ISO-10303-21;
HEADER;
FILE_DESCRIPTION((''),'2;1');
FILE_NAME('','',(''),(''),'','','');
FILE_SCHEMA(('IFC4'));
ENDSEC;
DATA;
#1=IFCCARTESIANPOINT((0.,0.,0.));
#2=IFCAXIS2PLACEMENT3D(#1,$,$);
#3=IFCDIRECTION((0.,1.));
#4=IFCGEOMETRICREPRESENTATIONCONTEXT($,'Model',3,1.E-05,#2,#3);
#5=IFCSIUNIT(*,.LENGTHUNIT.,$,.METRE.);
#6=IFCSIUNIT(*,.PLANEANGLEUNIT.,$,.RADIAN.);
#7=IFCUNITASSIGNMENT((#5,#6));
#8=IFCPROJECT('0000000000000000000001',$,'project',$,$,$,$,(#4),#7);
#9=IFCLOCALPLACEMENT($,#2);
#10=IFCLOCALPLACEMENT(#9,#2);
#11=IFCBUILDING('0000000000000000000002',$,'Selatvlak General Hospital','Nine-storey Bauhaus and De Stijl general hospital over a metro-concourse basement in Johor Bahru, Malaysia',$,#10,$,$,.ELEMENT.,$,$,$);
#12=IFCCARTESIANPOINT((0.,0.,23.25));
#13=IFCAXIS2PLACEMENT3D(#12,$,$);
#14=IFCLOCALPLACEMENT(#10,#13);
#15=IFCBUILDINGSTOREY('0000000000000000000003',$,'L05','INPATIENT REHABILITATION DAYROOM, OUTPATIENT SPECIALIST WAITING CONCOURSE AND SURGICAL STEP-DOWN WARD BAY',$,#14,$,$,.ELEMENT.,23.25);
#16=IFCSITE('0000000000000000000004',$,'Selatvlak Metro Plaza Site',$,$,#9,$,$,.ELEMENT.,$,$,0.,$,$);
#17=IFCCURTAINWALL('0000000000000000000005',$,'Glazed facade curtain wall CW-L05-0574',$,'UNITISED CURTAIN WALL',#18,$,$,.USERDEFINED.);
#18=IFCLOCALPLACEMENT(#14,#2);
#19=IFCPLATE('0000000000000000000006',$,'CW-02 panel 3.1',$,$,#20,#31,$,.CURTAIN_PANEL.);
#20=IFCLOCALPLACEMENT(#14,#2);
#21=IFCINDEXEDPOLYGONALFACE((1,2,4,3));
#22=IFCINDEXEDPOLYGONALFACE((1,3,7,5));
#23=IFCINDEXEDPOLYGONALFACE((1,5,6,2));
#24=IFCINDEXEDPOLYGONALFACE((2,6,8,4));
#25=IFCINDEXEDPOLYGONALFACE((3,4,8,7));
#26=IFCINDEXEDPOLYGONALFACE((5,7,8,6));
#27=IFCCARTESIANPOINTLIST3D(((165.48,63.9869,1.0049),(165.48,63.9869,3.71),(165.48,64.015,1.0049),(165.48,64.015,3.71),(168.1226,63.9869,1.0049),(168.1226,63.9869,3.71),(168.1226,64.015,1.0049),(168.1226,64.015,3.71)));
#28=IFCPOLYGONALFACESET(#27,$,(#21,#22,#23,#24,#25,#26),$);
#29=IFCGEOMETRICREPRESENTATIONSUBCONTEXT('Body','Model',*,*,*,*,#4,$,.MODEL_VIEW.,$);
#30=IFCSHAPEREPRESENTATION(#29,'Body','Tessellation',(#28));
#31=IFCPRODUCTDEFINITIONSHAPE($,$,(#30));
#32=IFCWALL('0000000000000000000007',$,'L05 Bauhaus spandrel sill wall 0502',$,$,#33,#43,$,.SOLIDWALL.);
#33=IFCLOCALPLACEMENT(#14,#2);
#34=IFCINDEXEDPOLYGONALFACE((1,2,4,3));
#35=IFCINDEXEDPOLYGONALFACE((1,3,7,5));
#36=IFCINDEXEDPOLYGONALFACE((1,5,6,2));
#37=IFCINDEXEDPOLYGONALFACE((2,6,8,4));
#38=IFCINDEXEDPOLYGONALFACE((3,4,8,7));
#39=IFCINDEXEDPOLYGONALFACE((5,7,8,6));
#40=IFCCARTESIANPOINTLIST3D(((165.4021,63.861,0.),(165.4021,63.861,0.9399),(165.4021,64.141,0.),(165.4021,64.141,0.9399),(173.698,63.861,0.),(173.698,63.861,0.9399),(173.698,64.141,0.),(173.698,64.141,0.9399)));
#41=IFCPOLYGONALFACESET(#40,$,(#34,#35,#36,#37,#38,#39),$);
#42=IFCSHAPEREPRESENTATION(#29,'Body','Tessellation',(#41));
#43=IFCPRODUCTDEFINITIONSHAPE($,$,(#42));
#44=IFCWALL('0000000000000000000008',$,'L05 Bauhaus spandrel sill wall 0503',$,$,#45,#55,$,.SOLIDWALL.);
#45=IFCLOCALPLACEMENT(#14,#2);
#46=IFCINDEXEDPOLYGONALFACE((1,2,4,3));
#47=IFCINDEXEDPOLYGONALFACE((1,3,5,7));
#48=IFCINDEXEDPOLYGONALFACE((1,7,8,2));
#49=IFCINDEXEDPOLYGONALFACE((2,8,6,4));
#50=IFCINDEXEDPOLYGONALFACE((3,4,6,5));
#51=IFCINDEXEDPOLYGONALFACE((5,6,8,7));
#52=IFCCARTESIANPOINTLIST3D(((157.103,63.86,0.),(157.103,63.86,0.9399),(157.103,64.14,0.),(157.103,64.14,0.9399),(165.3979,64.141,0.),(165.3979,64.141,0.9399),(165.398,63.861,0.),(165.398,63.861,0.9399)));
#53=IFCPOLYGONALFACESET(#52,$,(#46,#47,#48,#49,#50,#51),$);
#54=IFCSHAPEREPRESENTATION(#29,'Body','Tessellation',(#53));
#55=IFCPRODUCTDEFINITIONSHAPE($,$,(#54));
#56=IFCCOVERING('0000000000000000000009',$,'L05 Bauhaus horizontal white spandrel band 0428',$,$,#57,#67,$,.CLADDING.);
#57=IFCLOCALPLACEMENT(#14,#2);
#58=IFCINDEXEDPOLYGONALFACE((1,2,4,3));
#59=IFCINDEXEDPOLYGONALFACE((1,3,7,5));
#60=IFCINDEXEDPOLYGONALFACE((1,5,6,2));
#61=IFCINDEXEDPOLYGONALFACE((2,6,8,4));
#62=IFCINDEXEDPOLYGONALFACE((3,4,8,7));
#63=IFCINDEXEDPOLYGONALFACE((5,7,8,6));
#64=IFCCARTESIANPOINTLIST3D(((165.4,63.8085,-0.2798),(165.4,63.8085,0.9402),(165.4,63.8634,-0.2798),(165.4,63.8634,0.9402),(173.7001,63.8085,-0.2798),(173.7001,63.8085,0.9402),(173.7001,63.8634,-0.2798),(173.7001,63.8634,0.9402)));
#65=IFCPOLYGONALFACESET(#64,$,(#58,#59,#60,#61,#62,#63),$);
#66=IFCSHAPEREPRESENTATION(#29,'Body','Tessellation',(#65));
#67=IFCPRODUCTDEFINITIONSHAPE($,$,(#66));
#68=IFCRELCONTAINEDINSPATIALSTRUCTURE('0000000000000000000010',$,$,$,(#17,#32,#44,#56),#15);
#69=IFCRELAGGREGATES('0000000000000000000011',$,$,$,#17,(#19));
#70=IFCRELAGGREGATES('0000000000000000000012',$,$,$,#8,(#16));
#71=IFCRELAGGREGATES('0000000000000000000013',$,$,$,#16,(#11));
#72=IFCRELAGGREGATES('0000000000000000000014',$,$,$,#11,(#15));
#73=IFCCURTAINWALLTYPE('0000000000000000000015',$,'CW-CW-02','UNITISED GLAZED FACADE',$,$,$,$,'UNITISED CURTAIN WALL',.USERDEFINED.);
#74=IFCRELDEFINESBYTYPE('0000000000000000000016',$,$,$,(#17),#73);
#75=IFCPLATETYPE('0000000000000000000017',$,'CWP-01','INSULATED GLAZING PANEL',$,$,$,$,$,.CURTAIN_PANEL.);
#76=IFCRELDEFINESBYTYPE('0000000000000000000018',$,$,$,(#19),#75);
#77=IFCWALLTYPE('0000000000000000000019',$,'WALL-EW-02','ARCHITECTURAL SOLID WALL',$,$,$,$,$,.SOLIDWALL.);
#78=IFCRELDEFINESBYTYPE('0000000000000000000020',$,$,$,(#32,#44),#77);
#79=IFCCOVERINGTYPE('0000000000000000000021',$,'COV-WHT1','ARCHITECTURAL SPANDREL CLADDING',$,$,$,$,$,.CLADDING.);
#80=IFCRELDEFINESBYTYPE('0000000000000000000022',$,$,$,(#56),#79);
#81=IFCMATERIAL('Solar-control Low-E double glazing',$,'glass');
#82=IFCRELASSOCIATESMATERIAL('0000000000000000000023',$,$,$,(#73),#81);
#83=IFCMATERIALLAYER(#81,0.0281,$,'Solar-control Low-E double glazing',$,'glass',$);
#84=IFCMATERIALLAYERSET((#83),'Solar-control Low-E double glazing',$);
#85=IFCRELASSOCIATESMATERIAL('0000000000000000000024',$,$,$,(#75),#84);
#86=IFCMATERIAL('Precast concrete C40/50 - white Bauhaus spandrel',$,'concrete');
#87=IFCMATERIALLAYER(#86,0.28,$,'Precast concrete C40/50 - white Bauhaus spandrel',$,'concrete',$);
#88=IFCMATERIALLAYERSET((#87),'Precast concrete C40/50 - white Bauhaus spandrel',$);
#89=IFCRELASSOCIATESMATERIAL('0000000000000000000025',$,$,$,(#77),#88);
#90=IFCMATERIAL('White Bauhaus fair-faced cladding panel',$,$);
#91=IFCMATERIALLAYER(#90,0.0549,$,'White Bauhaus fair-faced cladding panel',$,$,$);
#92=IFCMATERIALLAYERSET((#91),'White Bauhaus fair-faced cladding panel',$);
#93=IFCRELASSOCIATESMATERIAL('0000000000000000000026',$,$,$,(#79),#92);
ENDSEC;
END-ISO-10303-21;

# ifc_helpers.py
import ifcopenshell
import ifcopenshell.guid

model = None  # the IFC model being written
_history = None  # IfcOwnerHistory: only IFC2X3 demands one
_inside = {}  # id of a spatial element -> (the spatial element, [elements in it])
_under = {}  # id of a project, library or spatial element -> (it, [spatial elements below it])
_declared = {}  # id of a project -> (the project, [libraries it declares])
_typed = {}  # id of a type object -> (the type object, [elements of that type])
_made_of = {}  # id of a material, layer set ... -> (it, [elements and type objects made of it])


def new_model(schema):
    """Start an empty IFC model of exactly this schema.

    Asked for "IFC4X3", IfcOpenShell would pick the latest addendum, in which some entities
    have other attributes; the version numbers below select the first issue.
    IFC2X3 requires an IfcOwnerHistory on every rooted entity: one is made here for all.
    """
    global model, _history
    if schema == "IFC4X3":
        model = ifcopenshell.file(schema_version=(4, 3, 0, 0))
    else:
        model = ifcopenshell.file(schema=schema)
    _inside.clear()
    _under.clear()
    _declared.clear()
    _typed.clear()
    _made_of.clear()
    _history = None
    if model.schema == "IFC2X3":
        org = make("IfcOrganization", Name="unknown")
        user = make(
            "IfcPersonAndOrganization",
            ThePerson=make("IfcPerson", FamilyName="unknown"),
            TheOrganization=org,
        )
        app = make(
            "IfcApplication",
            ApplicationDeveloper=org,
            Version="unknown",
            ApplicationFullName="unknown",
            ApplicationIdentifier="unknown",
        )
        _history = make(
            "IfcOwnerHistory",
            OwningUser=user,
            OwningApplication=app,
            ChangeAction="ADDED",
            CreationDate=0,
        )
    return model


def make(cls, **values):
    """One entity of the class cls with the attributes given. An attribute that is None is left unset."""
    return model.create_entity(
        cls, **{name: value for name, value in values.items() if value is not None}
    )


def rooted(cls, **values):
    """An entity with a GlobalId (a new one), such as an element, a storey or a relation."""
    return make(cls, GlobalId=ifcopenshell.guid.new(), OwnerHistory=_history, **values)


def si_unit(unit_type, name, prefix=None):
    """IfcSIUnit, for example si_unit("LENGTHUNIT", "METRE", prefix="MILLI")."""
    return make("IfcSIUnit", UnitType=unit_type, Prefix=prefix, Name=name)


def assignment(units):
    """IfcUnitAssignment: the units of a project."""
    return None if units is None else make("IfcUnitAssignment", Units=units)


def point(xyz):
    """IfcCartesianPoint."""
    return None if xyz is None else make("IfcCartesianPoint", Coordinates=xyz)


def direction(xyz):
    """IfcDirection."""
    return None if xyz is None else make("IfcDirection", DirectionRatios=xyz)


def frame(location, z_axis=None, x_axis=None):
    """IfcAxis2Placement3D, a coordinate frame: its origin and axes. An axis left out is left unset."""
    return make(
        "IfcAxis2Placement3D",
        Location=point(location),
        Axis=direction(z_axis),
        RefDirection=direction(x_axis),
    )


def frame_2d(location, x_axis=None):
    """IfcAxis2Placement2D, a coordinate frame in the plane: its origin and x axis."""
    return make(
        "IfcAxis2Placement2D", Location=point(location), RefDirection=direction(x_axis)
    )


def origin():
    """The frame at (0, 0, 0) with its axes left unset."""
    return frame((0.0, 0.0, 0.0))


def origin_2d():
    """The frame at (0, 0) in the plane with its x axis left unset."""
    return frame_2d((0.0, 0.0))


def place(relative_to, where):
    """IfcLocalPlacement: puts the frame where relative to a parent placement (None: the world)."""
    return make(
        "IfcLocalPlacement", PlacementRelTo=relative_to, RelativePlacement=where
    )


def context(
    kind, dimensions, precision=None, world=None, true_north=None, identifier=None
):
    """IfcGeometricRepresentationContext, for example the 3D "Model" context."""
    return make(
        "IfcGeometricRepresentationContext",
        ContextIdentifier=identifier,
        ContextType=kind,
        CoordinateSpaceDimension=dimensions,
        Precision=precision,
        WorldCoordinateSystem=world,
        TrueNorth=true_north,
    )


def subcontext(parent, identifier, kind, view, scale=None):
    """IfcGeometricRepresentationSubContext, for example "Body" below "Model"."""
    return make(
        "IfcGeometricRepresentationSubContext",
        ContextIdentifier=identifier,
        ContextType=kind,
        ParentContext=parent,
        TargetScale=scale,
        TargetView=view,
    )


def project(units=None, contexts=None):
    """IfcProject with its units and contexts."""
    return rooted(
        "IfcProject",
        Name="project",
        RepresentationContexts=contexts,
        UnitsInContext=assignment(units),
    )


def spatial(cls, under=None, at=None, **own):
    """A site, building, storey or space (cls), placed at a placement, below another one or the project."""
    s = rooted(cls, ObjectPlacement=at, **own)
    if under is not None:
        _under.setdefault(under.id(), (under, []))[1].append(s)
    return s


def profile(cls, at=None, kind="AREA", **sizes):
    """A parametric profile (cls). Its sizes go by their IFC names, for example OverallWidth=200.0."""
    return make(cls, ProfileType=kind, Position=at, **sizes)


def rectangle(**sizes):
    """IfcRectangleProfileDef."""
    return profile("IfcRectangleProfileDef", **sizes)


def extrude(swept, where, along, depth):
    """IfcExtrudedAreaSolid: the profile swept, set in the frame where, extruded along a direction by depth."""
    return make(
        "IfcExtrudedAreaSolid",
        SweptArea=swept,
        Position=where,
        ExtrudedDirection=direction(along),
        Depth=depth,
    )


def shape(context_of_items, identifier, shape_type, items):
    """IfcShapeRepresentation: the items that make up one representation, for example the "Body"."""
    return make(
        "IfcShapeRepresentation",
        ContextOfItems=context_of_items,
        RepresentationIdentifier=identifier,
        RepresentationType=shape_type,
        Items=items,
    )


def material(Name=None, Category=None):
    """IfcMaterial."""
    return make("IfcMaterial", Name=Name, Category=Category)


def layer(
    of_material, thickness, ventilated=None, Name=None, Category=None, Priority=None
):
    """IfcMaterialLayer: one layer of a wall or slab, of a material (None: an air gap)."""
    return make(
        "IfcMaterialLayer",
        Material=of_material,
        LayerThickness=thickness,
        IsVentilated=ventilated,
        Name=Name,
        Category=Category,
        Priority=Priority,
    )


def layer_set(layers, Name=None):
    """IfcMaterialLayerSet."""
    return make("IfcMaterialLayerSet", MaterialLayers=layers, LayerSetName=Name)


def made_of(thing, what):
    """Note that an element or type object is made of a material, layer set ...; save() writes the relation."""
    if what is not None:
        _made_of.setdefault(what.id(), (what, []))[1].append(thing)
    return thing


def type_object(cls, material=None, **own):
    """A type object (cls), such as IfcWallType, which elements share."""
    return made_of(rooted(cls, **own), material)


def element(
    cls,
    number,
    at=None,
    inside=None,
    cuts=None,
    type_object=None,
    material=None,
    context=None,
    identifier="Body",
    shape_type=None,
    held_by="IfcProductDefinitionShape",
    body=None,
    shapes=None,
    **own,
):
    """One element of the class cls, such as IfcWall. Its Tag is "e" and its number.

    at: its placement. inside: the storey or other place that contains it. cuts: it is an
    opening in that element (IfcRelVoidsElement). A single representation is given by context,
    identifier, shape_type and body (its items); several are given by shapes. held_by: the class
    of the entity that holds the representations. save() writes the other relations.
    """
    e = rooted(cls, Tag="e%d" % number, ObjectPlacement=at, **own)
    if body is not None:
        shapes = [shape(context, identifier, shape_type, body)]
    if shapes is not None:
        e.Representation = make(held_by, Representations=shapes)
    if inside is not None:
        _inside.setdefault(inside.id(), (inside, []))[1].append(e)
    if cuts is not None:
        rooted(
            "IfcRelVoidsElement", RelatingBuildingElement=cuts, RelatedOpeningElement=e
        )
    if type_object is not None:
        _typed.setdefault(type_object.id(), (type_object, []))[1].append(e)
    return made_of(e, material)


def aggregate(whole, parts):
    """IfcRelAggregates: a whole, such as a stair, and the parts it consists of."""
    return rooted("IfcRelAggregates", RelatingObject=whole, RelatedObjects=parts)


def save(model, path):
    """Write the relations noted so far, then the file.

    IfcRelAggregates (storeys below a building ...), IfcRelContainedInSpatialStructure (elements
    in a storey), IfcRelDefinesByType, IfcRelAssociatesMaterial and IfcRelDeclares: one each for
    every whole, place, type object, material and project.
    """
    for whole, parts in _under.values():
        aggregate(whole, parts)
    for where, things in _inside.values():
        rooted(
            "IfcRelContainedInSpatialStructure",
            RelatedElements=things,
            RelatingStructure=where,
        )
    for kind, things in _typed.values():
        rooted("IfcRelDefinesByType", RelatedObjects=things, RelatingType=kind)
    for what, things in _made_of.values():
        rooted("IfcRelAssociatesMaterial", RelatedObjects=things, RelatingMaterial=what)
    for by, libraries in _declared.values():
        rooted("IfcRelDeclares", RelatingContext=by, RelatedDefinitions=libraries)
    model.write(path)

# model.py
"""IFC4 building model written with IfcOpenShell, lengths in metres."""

from ifc_helpers import new_model, si_unit, direction, frame, frame_2d, origin, origin_2d, place, context, subcontext, project, spatial, rectangle, extrude, material, layer, layer_set, type_object, element, aggregate, save


model = new_model("IFC4")

# Units and contexts
model_context = context("Model", 3, precision=1e-05, world=origin(), true_north=direction((0.0, 1.0)))
body_context = subcontext(model_context, "Body", "Model", "MODEL_VIEW")
ifc_project = project(units=[si_unit("LENGTHUNIT", "METRE"), si_unit("PLANEANGLEUNIT", "RADIAN")], contexts=[model_context])

# Site, building, storey
site_placement = place(None, origin())
site = spatial("IfcSite", under=ifc_project, at=site_placement, Name="Selatvlak Metro Plaza Site", CompositionType="ELEMENT", RefElevation=0.0)
building_placement = place(site_placement, origin())
building = spatial("IfcBuilding", under=site, at=building_placement, Name="Selatvlak General Hospital", Description="Nine-storey Bauhaus and De Stijl general hospital over a metro-concourse basement in Johor Bahru, Malaysia", CompositionType="ELEMENT")
storey_placement = place(building_placement, frame((0.0, 0.0, 23.25)))
storey = spatial("IfcBuildingStorey", under=building, at=storey_placement, Name="L05", Description="INPATIENT REHABILITATION DAYROOM, OUTPATIENT SPECIALIST WAITING CONCOURSE AND SURGICAL STEP-DOWN WARD BAY", CompositionType="ELEMENT", Elevation=23.25)

# Curtain wall
ifc_material_1 = material(Name="Solar-control Low-E double glazing", Category="glass")
curtain_wall_type_1 = type_object("IfcCurtainWallType", Name="CW-CW-02", Description="UNITISED GLAZED FACADE", ElementType="UNITISED CURTAIN WALL", PredefinedType="USERDEFINED", material=ifc_material_1)
curtain_wall_1_placement = place(storey_placement, origin())
curtain_wall_1 = element("IfcCurtainWall", 1, at=curtain_wall_1_placement, inside=storey, type_object=curtain_wall_type_1, Name="Glazed facade curtain wall CW-L05-0574", ObjectType="UNITISED CURTAIN WALL", PredefinedType="USERDEFINED")

# Plate
ifc_layer_1 = layer(ifc_material_1, 0.0281, Name="Solar-control Low-E double glazing", Category="glass")
ifc_layer_set_1 = layer_set([ifc_layer_1], Name="Solar-control Low-E double glazing")
plate_type = type_object("IfcPlateType", Name="CWP-01", Description="INSULATED GLAZING PANEL", PredefinedType="CURTAIN_PANEL", material=ifc_layer_set_1)
plate_1_placement = place(storey_placement, frame((166.8013, 64.001, 1.0049), z_axis=(0.0, 0.0, 1.0), x_axis=(-1.0, 0.0, 0.0)))
plate_1 = element("IfcPlate", 2, at=plate_1_placement, type_object=plate_type, Name="CW-02 panel 3.1", PredefinedType="CURTAIN_PANEL", context=body_context, shape_type="SweptSolid", body=[
    extrude(rectangle(XDim=2.6426, YDim=0.0281, at=origin_2d()), origin(), (0.0, 0.0, 1.0), 2.7051),
])
aggregate(curtain_wall_1, [plate_1])

# Walls
ifc_material_2 = material(Name="Precast concrete C40/50 - white Bauhaus spandrel", Category="concrete")
ifc_layer_2 = layer(ifc_material_2, 0.28, Name="Precast concrete C40/50 - white Bauhaus spandrel", Category="concrete")
ifc_layer_set_2 = layer_set([ifc_layer_2], Name="Precast concrete C40/50 - white Bauhaus spandrel")
wall_type = type_object("IfcWallType", Name="WALL-EW-02", Description="ARCHITECTURAL SOLID WALL", PredefinedType="SOLIDWALL", material=ifc_layer_set_2)
wall_1_placement = place(storey_placement, frame((173.698, 64.001, 0.0), z_axis=(0.0, 0.0, 1.0), x_axis=(-1.0, 0.0, 0.0)))
element("IfcWall", 3, at=wall_1_placement, inside=storey, type_object=wall_type, Name="L05 Bauhaus spandrel sill wall 0502", PredefinedType="SOLIDWALL", context=body_context, shape_type="SweptSolid", body=[
    extrude(rectangle(XDim=8.2959, YDim=0.28, at=frame_2d((4.1479, 0.0))), origin(), (0.0, 0.0, 1.0), 0.9399),
])
wall_2_placement = place(storey_placement, frame((165.3979, 64.001, 0.0), z_axis=(0.0, 0.0, 1.0), x_axis=(-1.0, -0.000118, 0.0)))
element("IfcWall", 4, at=wall_2_placement, inside=storey, type_object=wall_type, Name="L05 Bauhaus spandrel sill wall 0503", PredefinedType="SOLIDWALL", context=body_context, shape_type="SweptSolid", body=[
    extrude(rectangle(XDim=8.2949, YDim=0.28, at=frame_2d((4.1475, 0.0))), origin(), (0.0, 0.0, 1.0), 0.9399),
])

# Covering
ifc_material_3 = material(Name="White Bauhaus fair-faced cladding panel")
ifc_layer_3 = layer(ifc_material_3, 0.0549, Name="White Bauhaus fair-faced cladding panel")
ifc_layer_set_3 = layer_set([ifc_layer_3], Name="White Bauhaus fair-faced cladding panel")
covering_type = type_object("IfcCoveringType", Name="COV-WHT1", Description="ARCHITECTURAL SPANDREL CLADDING", PredefinedType="CLADDING", material=ifc_layer_set_3)
covering_placement = place(storey_placement, frame((169.55, 63.8359, -0.2798), z_axis=(0.0, 0.0, 1.0), x_axis=(-1.0, 0.0, 0.0)))
element("IfcCovering", 5, at=covering_placement, inside=storey, type_object=covering_type, Name="L05 Bauhaus horizontal white spandrel band 0428", PredefinedType="CLADDING", context=body_context, shape_type="SweptSolid", body=[
    extrude(rectangle(XDim=8.3, YDim=0.0549, at=origin_2d()), origin(), (0.0, 0.0, 1.0), 1.22),
])

save(model, "model.ifc")
